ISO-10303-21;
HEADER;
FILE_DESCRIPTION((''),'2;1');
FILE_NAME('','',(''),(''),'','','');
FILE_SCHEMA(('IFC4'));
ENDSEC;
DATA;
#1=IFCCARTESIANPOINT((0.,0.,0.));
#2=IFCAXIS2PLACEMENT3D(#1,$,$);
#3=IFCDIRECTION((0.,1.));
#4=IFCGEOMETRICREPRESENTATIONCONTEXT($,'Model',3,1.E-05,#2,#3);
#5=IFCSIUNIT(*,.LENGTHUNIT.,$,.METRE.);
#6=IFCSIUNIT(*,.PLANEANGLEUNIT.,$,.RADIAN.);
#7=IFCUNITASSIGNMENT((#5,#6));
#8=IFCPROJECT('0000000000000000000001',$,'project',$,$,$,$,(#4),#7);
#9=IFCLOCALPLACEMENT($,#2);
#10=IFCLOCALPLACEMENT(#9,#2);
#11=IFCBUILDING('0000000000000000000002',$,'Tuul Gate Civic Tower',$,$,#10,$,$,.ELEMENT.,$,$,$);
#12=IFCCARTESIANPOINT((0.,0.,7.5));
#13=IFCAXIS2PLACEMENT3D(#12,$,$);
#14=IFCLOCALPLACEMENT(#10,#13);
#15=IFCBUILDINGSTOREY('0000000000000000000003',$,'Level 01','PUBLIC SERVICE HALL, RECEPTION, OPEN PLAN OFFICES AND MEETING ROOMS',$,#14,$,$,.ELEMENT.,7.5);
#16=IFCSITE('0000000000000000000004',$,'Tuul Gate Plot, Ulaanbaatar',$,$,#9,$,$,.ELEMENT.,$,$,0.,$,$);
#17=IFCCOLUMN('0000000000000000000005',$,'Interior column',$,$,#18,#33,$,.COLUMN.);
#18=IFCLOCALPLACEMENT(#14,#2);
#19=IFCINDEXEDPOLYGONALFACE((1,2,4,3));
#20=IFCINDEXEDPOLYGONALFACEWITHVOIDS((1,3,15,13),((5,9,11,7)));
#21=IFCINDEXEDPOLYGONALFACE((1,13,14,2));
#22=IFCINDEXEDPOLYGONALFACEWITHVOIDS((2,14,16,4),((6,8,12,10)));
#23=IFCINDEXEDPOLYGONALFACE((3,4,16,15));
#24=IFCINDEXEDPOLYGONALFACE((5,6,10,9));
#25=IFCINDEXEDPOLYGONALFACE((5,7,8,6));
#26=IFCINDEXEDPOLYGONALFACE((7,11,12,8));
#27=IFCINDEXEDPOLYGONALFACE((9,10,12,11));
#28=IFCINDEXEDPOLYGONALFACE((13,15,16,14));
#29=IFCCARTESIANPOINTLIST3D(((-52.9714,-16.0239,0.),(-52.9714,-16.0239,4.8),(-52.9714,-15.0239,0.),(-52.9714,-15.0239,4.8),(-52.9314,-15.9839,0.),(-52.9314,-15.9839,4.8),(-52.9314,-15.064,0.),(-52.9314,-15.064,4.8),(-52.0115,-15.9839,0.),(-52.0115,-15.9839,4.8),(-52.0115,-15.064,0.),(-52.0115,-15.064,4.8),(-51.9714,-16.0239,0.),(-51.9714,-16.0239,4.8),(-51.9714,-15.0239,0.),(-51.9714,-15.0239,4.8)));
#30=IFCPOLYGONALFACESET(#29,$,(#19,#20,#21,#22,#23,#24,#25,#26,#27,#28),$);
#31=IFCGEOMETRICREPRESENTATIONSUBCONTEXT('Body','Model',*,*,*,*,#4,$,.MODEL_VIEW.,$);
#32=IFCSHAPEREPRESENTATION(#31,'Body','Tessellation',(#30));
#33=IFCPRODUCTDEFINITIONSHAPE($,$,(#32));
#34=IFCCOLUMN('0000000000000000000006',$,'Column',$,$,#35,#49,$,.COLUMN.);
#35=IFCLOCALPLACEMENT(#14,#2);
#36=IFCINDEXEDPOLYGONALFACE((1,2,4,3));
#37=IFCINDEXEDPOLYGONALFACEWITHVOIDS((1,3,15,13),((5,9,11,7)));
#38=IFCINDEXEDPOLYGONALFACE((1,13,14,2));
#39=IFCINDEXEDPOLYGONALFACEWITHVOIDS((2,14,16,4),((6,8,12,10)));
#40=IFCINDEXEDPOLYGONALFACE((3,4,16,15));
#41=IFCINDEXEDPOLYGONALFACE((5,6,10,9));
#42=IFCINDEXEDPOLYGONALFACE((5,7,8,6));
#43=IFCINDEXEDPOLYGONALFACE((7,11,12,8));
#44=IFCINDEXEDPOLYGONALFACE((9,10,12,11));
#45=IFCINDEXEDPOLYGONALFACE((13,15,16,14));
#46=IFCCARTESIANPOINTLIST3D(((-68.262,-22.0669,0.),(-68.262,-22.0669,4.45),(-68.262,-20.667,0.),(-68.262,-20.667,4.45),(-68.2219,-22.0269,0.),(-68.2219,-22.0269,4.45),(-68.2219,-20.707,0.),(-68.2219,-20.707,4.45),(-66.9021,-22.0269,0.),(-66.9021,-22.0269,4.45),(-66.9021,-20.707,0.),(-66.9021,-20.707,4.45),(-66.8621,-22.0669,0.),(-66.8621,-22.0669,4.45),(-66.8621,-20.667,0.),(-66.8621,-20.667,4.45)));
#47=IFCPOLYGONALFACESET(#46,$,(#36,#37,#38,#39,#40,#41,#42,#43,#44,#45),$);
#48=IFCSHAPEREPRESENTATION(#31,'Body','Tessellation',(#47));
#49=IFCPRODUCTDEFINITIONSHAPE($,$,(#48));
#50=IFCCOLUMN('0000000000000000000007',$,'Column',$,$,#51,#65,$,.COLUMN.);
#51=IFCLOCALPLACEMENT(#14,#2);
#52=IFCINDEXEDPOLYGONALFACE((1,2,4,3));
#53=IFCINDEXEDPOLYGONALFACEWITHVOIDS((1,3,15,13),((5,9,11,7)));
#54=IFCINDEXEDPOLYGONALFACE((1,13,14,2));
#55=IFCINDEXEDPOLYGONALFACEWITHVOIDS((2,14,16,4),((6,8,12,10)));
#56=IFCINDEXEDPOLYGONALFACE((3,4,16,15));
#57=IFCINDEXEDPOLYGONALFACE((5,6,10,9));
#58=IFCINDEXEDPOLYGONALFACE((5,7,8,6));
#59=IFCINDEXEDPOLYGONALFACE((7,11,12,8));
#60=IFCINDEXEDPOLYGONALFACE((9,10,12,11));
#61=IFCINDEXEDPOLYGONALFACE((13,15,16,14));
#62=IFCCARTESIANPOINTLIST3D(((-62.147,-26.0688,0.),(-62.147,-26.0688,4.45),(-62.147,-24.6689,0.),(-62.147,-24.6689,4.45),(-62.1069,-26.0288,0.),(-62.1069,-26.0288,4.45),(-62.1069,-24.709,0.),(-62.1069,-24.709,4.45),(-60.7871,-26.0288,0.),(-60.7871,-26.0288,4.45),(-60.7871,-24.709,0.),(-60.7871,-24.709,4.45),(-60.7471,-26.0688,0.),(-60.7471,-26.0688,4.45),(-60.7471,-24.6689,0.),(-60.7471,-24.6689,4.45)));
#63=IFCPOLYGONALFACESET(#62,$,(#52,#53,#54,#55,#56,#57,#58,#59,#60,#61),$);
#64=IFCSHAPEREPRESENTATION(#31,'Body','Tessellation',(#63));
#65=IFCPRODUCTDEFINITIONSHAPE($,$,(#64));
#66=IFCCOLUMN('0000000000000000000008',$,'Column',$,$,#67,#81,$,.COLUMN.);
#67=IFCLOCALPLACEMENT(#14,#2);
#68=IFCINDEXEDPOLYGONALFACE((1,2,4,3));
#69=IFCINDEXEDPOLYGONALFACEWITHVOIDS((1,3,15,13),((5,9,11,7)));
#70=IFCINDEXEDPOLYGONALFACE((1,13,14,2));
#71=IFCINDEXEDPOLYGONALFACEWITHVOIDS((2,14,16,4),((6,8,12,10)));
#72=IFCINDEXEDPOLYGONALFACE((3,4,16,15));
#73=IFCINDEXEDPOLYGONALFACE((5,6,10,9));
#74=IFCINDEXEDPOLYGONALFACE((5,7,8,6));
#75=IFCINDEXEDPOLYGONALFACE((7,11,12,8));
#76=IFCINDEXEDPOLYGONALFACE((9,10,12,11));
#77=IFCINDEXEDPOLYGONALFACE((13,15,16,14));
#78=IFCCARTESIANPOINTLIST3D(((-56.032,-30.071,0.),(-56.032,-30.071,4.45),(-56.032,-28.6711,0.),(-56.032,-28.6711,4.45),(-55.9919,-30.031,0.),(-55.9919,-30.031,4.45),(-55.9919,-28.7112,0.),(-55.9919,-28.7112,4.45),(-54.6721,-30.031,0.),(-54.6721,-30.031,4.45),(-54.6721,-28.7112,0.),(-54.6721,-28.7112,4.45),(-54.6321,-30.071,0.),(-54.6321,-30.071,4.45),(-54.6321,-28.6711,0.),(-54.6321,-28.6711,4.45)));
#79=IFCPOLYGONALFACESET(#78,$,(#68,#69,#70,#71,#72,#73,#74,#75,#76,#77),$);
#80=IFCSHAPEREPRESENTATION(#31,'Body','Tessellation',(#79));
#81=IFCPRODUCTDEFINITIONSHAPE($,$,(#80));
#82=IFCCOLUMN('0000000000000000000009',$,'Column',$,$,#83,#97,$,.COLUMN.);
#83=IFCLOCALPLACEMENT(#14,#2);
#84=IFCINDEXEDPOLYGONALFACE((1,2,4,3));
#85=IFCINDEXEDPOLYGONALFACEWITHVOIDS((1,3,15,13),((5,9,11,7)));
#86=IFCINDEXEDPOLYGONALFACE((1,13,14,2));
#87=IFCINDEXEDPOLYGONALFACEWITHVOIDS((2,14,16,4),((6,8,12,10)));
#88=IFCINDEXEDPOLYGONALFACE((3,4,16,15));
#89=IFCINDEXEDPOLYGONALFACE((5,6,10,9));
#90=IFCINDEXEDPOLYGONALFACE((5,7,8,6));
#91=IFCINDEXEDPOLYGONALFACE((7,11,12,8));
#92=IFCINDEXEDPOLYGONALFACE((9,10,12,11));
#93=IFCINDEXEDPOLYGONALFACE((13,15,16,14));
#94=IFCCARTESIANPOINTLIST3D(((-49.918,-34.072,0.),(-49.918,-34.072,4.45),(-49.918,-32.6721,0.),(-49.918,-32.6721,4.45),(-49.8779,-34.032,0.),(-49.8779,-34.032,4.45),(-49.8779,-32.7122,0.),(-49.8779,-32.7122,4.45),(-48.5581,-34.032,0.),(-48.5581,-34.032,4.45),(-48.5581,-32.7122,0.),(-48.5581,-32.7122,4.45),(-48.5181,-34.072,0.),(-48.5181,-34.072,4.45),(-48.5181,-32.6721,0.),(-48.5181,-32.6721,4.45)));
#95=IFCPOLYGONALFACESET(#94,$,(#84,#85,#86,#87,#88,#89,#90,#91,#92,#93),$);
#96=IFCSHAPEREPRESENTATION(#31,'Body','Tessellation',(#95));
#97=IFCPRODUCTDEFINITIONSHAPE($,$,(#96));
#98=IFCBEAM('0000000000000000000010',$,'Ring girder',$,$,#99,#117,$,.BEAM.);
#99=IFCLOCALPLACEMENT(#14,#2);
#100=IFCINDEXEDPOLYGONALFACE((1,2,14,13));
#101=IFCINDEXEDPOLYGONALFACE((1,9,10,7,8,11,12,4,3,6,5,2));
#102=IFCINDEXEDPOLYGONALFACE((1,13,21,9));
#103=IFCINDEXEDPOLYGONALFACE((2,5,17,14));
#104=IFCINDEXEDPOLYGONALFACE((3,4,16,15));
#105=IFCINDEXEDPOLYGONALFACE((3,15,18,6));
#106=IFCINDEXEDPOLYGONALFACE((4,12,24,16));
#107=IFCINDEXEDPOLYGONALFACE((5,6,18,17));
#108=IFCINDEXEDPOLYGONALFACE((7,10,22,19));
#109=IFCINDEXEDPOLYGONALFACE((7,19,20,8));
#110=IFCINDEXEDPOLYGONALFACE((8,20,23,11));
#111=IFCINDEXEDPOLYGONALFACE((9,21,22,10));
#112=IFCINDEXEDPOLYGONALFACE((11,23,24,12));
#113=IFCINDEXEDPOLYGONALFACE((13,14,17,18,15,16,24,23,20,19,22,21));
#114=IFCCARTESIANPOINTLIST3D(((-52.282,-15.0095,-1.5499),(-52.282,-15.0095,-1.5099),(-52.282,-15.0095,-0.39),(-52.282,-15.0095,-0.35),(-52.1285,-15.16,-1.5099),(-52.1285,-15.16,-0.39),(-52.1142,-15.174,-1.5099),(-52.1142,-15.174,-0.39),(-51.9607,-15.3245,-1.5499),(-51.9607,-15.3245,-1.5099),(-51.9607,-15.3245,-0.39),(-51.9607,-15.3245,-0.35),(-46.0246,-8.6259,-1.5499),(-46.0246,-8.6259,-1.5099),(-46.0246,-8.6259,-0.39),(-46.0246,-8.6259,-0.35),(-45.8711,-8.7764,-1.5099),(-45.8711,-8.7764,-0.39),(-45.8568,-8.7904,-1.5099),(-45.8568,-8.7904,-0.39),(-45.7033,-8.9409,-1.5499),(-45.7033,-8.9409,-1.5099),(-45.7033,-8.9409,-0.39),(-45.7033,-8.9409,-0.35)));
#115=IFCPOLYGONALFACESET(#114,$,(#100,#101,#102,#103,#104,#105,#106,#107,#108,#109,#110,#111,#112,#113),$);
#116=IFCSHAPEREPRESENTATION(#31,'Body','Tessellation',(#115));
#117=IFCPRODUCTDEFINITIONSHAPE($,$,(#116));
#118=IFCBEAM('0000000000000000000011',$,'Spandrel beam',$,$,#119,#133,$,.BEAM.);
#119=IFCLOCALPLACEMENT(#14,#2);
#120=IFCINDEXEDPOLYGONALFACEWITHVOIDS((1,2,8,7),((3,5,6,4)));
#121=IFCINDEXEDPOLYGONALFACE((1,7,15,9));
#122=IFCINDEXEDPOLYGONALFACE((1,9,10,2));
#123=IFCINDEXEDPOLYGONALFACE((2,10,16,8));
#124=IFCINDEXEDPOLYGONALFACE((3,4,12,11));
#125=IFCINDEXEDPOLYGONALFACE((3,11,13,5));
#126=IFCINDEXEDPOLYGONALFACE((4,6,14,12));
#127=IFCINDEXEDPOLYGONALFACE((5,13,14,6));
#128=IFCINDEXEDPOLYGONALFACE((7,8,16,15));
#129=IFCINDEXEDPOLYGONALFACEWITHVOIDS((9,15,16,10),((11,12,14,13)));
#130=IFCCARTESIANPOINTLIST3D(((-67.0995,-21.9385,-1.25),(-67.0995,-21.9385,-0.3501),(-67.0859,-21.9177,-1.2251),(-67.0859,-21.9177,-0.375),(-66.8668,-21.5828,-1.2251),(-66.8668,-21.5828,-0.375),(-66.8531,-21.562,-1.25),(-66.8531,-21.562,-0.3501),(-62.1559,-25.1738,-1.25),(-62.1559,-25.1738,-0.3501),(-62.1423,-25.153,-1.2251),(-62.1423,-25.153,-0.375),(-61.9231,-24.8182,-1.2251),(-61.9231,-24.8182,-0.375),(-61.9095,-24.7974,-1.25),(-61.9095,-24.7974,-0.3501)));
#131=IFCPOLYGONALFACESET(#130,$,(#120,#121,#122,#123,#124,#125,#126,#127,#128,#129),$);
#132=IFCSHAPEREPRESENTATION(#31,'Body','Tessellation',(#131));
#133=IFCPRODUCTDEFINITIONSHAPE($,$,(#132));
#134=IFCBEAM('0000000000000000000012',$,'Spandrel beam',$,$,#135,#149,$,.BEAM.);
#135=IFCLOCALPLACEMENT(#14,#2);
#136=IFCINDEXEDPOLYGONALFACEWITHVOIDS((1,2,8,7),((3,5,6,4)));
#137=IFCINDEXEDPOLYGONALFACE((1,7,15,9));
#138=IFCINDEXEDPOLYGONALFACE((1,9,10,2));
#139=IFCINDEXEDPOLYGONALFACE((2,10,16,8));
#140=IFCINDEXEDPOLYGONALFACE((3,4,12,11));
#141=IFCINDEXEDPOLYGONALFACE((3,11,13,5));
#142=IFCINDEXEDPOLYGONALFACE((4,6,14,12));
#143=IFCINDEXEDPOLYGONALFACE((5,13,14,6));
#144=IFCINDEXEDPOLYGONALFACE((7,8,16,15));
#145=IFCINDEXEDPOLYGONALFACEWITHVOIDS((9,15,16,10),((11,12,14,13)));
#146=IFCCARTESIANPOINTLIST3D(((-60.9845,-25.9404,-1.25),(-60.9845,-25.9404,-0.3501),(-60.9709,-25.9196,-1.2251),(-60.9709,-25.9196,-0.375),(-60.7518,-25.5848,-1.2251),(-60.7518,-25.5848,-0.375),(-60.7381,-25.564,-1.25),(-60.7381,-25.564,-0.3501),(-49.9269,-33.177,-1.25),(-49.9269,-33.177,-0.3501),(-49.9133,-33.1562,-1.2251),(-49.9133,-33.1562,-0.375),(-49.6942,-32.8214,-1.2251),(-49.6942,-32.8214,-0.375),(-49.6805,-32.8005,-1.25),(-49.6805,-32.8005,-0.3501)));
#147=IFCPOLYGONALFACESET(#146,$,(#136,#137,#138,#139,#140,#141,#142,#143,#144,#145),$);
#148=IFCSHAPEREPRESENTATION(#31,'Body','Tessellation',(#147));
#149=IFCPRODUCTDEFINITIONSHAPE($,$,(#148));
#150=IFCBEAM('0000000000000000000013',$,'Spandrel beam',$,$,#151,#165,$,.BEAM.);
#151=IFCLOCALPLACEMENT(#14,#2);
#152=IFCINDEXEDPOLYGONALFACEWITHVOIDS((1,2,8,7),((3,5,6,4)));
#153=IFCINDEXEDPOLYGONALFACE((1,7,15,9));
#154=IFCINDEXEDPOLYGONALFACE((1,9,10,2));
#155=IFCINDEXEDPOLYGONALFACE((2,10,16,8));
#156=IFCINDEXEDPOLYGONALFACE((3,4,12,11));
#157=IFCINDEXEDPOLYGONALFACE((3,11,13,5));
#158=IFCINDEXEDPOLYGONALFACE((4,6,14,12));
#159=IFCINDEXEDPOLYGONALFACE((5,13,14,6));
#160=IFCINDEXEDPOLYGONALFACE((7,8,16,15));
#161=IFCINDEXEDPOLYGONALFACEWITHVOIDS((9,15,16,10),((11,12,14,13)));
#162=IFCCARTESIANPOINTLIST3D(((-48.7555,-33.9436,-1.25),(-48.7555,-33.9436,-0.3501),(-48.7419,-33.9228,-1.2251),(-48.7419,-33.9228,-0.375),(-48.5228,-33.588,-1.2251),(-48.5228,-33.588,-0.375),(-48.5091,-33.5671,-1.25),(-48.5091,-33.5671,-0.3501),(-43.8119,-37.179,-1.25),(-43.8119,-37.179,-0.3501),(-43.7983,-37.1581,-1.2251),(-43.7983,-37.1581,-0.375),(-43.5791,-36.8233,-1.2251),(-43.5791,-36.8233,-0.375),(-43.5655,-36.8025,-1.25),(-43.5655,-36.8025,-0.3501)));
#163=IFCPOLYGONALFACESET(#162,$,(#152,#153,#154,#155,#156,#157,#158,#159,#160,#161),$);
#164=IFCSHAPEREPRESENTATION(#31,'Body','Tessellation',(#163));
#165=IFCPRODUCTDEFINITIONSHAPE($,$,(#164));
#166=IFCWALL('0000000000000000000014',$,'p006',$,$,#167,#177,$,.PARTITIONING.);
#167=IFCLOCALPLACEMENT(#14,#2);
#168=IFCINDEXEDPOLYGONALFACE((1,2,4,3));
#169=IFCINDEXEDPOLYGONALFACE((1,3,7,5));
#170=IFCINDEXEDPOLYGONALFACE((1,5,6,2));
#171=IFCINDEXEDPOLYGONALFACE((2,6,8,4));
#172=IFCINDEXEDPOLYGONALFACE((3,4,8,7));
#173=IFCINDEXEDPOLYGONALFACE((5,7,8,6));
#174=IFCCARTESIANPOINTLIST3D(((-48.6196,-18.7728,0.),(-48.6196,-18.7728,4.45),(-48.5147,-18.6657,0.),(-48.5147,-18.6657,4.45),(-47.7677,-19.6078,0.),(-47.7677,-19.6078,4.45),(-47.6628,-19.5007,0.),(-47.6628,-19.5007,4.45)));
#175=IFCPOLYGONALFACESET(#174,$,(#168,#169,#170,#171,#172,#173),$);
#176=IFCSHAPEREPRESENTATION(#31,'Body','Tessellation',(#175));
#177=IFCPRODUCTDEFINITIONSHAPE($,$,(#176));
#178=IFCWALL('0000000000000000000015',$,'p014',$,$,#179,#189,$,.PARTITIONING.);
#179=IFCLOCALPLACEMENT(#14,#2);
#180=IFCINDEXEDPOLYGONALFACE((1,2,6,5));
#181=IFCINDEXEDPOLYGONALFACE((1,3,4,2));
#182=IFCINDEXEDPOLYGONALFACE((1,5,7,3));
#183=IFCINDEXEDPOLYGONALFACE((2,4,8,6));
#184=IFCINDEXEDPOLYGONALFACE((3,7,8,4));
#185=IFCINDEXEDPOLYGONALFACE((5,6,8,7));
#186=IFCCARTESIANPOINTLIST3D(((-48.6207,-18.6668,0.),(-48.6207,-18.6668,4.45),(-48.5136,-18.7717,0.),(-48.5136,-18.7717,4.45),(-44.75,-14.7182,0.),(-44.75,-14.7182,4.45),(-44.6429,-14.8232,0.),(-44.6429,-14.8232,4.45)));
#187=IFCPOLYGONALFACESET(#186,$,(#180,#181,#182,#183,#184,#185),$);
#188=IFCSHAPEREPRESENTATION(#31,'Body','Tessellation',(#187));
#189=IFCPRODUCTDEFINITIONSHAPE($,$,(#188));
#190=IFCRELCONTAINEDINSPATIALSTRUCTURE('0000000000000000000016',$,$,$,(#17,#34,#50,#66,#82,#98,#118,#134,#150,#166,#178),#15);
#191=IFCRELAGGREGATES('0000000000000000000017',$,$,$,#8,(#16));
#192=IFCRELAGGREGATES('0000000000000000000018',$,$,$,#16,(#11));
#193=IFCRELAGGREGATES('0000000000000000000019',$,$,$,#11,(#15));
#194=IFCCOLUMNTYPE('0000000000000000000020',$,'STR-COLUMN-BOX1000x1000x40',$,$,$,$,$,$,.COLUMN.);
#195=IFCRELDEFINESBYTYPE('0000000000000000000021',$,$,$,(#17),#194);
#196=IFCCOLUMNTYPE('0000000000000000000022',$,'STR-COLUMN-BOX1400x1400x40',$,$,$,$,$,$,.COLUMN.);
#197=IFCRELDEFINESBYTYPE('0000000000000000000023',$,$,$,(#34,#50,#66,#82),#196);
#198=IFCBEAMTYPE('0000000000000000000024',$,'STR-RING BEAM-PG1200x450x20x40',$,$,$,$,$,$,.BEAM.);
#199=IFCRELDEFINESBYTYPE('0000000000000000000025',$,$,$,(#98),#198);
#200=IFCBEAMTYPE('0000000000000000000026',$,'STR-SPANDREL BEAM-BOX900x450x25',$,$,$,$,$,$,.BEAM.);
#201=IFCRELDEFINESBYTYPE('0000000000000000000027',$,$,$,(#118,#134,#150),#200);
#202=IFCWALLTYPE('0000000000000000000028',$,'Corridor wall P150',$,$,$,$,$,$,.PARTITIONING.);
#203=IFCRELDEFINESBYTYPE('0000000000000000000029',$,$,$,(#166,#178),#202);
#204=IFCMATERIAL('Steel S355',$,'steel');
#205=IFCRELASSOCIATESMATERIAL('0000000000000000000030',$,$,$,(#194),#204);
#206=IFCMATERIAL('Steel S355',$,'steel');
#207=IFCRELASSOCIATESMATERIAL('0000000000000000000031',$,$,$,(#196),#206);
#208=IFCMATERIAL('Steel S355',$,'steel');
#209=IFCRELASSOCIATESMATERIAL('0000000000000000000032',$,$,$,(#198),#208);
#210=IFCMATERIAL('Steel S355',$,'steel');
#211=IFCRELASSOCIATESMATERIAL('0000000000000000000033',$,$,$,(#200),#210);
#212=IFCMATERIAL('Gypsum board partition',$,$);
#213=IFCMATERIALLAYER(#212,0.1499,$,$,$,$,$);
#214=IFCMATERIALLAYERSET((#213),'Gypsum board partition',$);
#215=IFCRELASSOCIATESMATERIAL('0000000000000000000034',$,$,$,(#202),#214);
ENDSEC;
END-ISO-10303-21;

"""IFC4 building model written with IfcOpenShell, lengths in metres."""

from ifc_helpers import new_model, si_unit, direction, frame, frame_2d, origin, origin_2d, place, context, subcontext, project, spatial, rectangle, hollow_rectangle, i_section, extrude, material, layer, layer_set, material_profile, profile_set, type_object, element, save


model = new_model("IFC4")

# Units and contexts
model_context = context("Model", 3, precision=1e-05, world=origin(), true_north=direction((0.0, 1.0)))
body_context = subcontext(model_context, "Body", "Model", "MODEL_VIEW")
ifc_project = project(units=[si_unit("LENGTHUNIT", "METRE"), si_unit("PLANEANGLEUNIT", "RADIAN")], contexts=[model_context])

# Site, building, storey
site_placement = place(None, origin())
site = spatial("IfcSite", under=ifc_project, at=site_placement, Name="Tuul Gate Plot, Ulaanbaatar", CompositionType="ELEMENT", RefElevation=0.0)
building_placement = place(site_placement, origin())
building = spatial("IfcBuilding", under=site, at=building_placement, Name="Tuul Gate Civic Tower", CompositionType="ELEMENT")
storey_placement = place(building_placement, frame((0.0, 0.0, 7.5)))
storey = spatial("IfcBuildingStorey", under=building, at=storey_placement, Name="Level 01", Description="PUBLIC SERVICE HALL, RECEPTION, OPEN PLAN OFFICES AND MEETING ROOMS", CompositionType="ELEMENT", Elevation=7.5)

# Columns
ifc_material_1 = material(Name="Steel S355", Category="steel")
ifc_material_profile_1 = material_profile(ifc_material_1, hollow_rectangle(XDim=1.0, YDim=1.0, WallThickness=0.04, at=origin_2d()), Name="BOX1000x1000x40")
ifc_profile_set_1 = profile_set([ifc_material_profile_1], Name="Steel S355")
column_type_1 = type_object("IfcColumnType", Name="STR-COLUMN-BOX1000x1000x40", PredefinedType="COLUMN", material=ifc_profile_set_1)
column_placement = place(storey_placement, frame((-52.4714, -15.5239, 0.0), z_axis=(0.0, 0.0, 1.0), x_axis=(1.0, 0.0, 0.0)))
element("IfcColumn", 1, at=column_placement, inside=storey, type_object=column_type_1, Name="Interior column", PredefinedType="COLUMN", context=body_context, shape_type="SweptSolid", body=[
    extrude(hollow_rectangle(XDim=1.0, YDim=1.0, WallThickness=0.04, at=origin_2d()), origin(), (0.0, 0.0, 1.0), 4.8),
])
ifc_material_2 = material(Name="Steel S355", Category="steel")
ifc_material_profile_2 = material_profile(ifc_material_2, hollow_rectangle(XDim=1.3999, YDim=1.3999, WallThickness=0.04, at=origin_2d()), Name="BOX1400x1400x40")
ifc_profile_set_2 = profile_set([ifc_material_profile_2], Name="Steel S355")
column_type_2 = type_object("IfcColumnType", Name="STR-COLUMN-BOX1400x1400x40", PredefinedType="COLUMN", material=ifc_profile_set_2)
for number, where, z_axis, x_axis, name in (
    (2, (-67.562, -21.3669, 0.0), (0.0, 0.0, 1.0), (1.0, 0.0, 0.0), "Column"),
    (3, (-61.447, -25.3689, 0.0), (0.0, 0.0, 1.0), (1.0, 0.0, 0.0), "Column"),
    (4, (-55.332, -29.3711, 0.0), (0.0, 0.0, 1.0), (1.0, 0.0, 0.0), "Column"),
    (5, (-49.218, -33.3721, 0.0), (0.0, 0.0, 1.0), (1.0, 0.0, 0.0), "Column"),
):
    element("IfcColumn", number, at=place(storey_placement, frame(where, z_axis=z_axis, x_axis=x_axis)), inside=storey, type_object=column_type_2, Name=name, PredefinedType="COLUMN", context=body_context, shape_type="SweptSolid", body=[
        extrude(hollow_rectangle(XDim=1.3999, YDim=1.3999, WallThickness=0.04, at=origin_2d()), origin(), (0.0, 0.0, 1.0), 4.45),
    ])

# Beams
ifc_material_3 = material(Name="Steel S355", Category="steel")
ifc_material_profile_3 = material_profile(ifc_material_3, i_section(OverallWidth=0.45, OverallDepth=1.2, WebThickness=0.02, FlangeThickness=0.04, at=origin_2d()), Name="PG1200x450x20x40")
ifc_profile_set_3 = profile_set([ifc_material_profile_3], Name="Steel S355")
beam_type_1 = type_object("IfcBeamType", Name="STR-RING BEAM-PG1200x450x20x40", PredefinedType="BEAM", material=ifc_profile_set_3)
beam_1_placement = place(storey_placement, frame((-52.1213, -15.167, -0.95), z_axis=(0.700011, 0.714132, 0.0), x_axis=(-0.714132, 0.700011, 0.0)))
element("IfcBeam", 6, at=beam_1_placement, inside=storey, type_object=beam_type_1, Name="Ring girder", PredefinedType="BEAM", context=body_context, shape_type="SweptSolid", body=[
    extrude(i_section(OverallWidth=0.45, OverallDepth=1.2, WebThickness=0.02, FlangeThickness=0.04, at=origin_2d()), origin(), (0.0, 0.0, 1.0), 8.939),
])
ifc_material_4 = material(Name="Steel S355", Category="steel")
ifc_material_profile_4 = material_profile(ifc_material_4, hollow_rectangle(XDim=0.45, YDim=0.8999, WallThickness=0.0249, at=origin_2d()), Name="BOX900x450x25")
ifc_profile_set_4 = profile_set([ifc_material_profile_4], Name="Steel S355")
beam_type_2 = type_object("IfcBeamType", Name="STR-SPANDREL BEAM-BOX900x450x25", PredefinedType="BEAM", material=ifc_profile_set_4)
beam_2_placement = place(storey_placement, frame((-66.9763, -21.7502, -0.8), z_axis=(0.836737, -0.547604, 0.0), x_axis=(0.547604, 0.836737, 0.0)))
element("IfcBeam", 7, at=beam_2_placement, inside=storey, type_object=beam_type_2, Name="Spandrel beam", PredefinedType="BEAM", context=body_context, shape_type="SweptSolid", body=[
    extrude(hollow_rectangle(XDim=0.45, YDim=0.8999, WallThickness=0.0249, at=origin_2d()), origin(), (0.0, 0.0, 1.0), 5.9082),
])
beam_3_placement = place(storey_placement, frame((-60.8613, -25.7522, -0.8), z_axis=(0.836741, -0.547599, 0.0), x_axis=(0.547599, 0.836741, 0.0)))
element("IfcBeam", 8, at=beam_3_placement, inside=storey, type_object=beam_type_2, Name="Spandrel beam", PredefinedType="BEAM", context=body_context, shape_type="SweptSolid", body=[
    extrude(hollow_rectangle(XDim=0.45, YDim=0.8999, WallThickness=0.0249, at=origin_2d()), origin(), (0.0, 0.0, 1.0), 13.2151),
])
beam_4_placement = place(storey_placement, frame((-48.6323, -33.7554, -0.8), z_axis=(0.836737, -0.547604, 0.0), x_axis=(0.547604, 0.836737, 0.0)))
element("IfcBeam", 9, at=beam_4_placement, inside=storey, type_object=beam_type_2, Name="Spandrel beam", PredefinedType="BEAM", context=body_context, shape_type="SweptSolid", body=[
    extrude(hollow_rectangle(XDim=0.45, YDim=0.8999, WallThickness=0.0249, at=origin_2d()), origin(), (0.0, 0.0, 1.0), 5.9082),
])

# Walls
ifc_material_5 = material(Name="Gypsum board partition")
ifc_layer_1 = layer(ifc_material_5, 0.1499)
ifc_layer_set_1 = layer_set([ifc_layer_1], Name="Gypsum board partition")
wall_type_1 = type_object("IfcWallType", Name="Corridor wall P150", PredefinedType="PARTITIONING", material=ifc_layer_set_1)
wall_1_placement = place(storey_placement, frame((-48.5671, -18.7192, 0.0), z_axis=(0.0, 0.0, 1.0), x_axis=(0.714133, -0.70001, 0.0)))
element("IfcWall", 10, at=wall_1_placement, inside=storey, type_object=wall_type_1, Name="p006", PredefinedType="PARTITIONING", context=body_context, shape_type="SweptSolid", body=[
    extrude(rectangle(XDim=1.1929, YDim=0.1499, at=frame_2d((0.5964, 0.0))), origin(), (0.0, 0.0, 1.0), 4.45),
])
wall_2_placement = place(storey_placement, frame((-48.5671, -18.7192, 0.0), z_axis=(0.0, 0.0, 1.0), x_axis=(0.700029, 0.714114, 0.0)))
element("IfcWall", 11, at=wall_2_placement, inside=storey, type_object=wall_type_1, Name="p014", PredefinedType="PARTITIONING", context=body_context, shape_type="SweptSolid", body=[
    extrude(rectangle(XDim=5.5293, YDim=0.1499, at=frame_2d((2.7646, 0.0))), origin(), (0.0, 0.0, 1.0), 4.45),
])

save(model, "model.ifc")
